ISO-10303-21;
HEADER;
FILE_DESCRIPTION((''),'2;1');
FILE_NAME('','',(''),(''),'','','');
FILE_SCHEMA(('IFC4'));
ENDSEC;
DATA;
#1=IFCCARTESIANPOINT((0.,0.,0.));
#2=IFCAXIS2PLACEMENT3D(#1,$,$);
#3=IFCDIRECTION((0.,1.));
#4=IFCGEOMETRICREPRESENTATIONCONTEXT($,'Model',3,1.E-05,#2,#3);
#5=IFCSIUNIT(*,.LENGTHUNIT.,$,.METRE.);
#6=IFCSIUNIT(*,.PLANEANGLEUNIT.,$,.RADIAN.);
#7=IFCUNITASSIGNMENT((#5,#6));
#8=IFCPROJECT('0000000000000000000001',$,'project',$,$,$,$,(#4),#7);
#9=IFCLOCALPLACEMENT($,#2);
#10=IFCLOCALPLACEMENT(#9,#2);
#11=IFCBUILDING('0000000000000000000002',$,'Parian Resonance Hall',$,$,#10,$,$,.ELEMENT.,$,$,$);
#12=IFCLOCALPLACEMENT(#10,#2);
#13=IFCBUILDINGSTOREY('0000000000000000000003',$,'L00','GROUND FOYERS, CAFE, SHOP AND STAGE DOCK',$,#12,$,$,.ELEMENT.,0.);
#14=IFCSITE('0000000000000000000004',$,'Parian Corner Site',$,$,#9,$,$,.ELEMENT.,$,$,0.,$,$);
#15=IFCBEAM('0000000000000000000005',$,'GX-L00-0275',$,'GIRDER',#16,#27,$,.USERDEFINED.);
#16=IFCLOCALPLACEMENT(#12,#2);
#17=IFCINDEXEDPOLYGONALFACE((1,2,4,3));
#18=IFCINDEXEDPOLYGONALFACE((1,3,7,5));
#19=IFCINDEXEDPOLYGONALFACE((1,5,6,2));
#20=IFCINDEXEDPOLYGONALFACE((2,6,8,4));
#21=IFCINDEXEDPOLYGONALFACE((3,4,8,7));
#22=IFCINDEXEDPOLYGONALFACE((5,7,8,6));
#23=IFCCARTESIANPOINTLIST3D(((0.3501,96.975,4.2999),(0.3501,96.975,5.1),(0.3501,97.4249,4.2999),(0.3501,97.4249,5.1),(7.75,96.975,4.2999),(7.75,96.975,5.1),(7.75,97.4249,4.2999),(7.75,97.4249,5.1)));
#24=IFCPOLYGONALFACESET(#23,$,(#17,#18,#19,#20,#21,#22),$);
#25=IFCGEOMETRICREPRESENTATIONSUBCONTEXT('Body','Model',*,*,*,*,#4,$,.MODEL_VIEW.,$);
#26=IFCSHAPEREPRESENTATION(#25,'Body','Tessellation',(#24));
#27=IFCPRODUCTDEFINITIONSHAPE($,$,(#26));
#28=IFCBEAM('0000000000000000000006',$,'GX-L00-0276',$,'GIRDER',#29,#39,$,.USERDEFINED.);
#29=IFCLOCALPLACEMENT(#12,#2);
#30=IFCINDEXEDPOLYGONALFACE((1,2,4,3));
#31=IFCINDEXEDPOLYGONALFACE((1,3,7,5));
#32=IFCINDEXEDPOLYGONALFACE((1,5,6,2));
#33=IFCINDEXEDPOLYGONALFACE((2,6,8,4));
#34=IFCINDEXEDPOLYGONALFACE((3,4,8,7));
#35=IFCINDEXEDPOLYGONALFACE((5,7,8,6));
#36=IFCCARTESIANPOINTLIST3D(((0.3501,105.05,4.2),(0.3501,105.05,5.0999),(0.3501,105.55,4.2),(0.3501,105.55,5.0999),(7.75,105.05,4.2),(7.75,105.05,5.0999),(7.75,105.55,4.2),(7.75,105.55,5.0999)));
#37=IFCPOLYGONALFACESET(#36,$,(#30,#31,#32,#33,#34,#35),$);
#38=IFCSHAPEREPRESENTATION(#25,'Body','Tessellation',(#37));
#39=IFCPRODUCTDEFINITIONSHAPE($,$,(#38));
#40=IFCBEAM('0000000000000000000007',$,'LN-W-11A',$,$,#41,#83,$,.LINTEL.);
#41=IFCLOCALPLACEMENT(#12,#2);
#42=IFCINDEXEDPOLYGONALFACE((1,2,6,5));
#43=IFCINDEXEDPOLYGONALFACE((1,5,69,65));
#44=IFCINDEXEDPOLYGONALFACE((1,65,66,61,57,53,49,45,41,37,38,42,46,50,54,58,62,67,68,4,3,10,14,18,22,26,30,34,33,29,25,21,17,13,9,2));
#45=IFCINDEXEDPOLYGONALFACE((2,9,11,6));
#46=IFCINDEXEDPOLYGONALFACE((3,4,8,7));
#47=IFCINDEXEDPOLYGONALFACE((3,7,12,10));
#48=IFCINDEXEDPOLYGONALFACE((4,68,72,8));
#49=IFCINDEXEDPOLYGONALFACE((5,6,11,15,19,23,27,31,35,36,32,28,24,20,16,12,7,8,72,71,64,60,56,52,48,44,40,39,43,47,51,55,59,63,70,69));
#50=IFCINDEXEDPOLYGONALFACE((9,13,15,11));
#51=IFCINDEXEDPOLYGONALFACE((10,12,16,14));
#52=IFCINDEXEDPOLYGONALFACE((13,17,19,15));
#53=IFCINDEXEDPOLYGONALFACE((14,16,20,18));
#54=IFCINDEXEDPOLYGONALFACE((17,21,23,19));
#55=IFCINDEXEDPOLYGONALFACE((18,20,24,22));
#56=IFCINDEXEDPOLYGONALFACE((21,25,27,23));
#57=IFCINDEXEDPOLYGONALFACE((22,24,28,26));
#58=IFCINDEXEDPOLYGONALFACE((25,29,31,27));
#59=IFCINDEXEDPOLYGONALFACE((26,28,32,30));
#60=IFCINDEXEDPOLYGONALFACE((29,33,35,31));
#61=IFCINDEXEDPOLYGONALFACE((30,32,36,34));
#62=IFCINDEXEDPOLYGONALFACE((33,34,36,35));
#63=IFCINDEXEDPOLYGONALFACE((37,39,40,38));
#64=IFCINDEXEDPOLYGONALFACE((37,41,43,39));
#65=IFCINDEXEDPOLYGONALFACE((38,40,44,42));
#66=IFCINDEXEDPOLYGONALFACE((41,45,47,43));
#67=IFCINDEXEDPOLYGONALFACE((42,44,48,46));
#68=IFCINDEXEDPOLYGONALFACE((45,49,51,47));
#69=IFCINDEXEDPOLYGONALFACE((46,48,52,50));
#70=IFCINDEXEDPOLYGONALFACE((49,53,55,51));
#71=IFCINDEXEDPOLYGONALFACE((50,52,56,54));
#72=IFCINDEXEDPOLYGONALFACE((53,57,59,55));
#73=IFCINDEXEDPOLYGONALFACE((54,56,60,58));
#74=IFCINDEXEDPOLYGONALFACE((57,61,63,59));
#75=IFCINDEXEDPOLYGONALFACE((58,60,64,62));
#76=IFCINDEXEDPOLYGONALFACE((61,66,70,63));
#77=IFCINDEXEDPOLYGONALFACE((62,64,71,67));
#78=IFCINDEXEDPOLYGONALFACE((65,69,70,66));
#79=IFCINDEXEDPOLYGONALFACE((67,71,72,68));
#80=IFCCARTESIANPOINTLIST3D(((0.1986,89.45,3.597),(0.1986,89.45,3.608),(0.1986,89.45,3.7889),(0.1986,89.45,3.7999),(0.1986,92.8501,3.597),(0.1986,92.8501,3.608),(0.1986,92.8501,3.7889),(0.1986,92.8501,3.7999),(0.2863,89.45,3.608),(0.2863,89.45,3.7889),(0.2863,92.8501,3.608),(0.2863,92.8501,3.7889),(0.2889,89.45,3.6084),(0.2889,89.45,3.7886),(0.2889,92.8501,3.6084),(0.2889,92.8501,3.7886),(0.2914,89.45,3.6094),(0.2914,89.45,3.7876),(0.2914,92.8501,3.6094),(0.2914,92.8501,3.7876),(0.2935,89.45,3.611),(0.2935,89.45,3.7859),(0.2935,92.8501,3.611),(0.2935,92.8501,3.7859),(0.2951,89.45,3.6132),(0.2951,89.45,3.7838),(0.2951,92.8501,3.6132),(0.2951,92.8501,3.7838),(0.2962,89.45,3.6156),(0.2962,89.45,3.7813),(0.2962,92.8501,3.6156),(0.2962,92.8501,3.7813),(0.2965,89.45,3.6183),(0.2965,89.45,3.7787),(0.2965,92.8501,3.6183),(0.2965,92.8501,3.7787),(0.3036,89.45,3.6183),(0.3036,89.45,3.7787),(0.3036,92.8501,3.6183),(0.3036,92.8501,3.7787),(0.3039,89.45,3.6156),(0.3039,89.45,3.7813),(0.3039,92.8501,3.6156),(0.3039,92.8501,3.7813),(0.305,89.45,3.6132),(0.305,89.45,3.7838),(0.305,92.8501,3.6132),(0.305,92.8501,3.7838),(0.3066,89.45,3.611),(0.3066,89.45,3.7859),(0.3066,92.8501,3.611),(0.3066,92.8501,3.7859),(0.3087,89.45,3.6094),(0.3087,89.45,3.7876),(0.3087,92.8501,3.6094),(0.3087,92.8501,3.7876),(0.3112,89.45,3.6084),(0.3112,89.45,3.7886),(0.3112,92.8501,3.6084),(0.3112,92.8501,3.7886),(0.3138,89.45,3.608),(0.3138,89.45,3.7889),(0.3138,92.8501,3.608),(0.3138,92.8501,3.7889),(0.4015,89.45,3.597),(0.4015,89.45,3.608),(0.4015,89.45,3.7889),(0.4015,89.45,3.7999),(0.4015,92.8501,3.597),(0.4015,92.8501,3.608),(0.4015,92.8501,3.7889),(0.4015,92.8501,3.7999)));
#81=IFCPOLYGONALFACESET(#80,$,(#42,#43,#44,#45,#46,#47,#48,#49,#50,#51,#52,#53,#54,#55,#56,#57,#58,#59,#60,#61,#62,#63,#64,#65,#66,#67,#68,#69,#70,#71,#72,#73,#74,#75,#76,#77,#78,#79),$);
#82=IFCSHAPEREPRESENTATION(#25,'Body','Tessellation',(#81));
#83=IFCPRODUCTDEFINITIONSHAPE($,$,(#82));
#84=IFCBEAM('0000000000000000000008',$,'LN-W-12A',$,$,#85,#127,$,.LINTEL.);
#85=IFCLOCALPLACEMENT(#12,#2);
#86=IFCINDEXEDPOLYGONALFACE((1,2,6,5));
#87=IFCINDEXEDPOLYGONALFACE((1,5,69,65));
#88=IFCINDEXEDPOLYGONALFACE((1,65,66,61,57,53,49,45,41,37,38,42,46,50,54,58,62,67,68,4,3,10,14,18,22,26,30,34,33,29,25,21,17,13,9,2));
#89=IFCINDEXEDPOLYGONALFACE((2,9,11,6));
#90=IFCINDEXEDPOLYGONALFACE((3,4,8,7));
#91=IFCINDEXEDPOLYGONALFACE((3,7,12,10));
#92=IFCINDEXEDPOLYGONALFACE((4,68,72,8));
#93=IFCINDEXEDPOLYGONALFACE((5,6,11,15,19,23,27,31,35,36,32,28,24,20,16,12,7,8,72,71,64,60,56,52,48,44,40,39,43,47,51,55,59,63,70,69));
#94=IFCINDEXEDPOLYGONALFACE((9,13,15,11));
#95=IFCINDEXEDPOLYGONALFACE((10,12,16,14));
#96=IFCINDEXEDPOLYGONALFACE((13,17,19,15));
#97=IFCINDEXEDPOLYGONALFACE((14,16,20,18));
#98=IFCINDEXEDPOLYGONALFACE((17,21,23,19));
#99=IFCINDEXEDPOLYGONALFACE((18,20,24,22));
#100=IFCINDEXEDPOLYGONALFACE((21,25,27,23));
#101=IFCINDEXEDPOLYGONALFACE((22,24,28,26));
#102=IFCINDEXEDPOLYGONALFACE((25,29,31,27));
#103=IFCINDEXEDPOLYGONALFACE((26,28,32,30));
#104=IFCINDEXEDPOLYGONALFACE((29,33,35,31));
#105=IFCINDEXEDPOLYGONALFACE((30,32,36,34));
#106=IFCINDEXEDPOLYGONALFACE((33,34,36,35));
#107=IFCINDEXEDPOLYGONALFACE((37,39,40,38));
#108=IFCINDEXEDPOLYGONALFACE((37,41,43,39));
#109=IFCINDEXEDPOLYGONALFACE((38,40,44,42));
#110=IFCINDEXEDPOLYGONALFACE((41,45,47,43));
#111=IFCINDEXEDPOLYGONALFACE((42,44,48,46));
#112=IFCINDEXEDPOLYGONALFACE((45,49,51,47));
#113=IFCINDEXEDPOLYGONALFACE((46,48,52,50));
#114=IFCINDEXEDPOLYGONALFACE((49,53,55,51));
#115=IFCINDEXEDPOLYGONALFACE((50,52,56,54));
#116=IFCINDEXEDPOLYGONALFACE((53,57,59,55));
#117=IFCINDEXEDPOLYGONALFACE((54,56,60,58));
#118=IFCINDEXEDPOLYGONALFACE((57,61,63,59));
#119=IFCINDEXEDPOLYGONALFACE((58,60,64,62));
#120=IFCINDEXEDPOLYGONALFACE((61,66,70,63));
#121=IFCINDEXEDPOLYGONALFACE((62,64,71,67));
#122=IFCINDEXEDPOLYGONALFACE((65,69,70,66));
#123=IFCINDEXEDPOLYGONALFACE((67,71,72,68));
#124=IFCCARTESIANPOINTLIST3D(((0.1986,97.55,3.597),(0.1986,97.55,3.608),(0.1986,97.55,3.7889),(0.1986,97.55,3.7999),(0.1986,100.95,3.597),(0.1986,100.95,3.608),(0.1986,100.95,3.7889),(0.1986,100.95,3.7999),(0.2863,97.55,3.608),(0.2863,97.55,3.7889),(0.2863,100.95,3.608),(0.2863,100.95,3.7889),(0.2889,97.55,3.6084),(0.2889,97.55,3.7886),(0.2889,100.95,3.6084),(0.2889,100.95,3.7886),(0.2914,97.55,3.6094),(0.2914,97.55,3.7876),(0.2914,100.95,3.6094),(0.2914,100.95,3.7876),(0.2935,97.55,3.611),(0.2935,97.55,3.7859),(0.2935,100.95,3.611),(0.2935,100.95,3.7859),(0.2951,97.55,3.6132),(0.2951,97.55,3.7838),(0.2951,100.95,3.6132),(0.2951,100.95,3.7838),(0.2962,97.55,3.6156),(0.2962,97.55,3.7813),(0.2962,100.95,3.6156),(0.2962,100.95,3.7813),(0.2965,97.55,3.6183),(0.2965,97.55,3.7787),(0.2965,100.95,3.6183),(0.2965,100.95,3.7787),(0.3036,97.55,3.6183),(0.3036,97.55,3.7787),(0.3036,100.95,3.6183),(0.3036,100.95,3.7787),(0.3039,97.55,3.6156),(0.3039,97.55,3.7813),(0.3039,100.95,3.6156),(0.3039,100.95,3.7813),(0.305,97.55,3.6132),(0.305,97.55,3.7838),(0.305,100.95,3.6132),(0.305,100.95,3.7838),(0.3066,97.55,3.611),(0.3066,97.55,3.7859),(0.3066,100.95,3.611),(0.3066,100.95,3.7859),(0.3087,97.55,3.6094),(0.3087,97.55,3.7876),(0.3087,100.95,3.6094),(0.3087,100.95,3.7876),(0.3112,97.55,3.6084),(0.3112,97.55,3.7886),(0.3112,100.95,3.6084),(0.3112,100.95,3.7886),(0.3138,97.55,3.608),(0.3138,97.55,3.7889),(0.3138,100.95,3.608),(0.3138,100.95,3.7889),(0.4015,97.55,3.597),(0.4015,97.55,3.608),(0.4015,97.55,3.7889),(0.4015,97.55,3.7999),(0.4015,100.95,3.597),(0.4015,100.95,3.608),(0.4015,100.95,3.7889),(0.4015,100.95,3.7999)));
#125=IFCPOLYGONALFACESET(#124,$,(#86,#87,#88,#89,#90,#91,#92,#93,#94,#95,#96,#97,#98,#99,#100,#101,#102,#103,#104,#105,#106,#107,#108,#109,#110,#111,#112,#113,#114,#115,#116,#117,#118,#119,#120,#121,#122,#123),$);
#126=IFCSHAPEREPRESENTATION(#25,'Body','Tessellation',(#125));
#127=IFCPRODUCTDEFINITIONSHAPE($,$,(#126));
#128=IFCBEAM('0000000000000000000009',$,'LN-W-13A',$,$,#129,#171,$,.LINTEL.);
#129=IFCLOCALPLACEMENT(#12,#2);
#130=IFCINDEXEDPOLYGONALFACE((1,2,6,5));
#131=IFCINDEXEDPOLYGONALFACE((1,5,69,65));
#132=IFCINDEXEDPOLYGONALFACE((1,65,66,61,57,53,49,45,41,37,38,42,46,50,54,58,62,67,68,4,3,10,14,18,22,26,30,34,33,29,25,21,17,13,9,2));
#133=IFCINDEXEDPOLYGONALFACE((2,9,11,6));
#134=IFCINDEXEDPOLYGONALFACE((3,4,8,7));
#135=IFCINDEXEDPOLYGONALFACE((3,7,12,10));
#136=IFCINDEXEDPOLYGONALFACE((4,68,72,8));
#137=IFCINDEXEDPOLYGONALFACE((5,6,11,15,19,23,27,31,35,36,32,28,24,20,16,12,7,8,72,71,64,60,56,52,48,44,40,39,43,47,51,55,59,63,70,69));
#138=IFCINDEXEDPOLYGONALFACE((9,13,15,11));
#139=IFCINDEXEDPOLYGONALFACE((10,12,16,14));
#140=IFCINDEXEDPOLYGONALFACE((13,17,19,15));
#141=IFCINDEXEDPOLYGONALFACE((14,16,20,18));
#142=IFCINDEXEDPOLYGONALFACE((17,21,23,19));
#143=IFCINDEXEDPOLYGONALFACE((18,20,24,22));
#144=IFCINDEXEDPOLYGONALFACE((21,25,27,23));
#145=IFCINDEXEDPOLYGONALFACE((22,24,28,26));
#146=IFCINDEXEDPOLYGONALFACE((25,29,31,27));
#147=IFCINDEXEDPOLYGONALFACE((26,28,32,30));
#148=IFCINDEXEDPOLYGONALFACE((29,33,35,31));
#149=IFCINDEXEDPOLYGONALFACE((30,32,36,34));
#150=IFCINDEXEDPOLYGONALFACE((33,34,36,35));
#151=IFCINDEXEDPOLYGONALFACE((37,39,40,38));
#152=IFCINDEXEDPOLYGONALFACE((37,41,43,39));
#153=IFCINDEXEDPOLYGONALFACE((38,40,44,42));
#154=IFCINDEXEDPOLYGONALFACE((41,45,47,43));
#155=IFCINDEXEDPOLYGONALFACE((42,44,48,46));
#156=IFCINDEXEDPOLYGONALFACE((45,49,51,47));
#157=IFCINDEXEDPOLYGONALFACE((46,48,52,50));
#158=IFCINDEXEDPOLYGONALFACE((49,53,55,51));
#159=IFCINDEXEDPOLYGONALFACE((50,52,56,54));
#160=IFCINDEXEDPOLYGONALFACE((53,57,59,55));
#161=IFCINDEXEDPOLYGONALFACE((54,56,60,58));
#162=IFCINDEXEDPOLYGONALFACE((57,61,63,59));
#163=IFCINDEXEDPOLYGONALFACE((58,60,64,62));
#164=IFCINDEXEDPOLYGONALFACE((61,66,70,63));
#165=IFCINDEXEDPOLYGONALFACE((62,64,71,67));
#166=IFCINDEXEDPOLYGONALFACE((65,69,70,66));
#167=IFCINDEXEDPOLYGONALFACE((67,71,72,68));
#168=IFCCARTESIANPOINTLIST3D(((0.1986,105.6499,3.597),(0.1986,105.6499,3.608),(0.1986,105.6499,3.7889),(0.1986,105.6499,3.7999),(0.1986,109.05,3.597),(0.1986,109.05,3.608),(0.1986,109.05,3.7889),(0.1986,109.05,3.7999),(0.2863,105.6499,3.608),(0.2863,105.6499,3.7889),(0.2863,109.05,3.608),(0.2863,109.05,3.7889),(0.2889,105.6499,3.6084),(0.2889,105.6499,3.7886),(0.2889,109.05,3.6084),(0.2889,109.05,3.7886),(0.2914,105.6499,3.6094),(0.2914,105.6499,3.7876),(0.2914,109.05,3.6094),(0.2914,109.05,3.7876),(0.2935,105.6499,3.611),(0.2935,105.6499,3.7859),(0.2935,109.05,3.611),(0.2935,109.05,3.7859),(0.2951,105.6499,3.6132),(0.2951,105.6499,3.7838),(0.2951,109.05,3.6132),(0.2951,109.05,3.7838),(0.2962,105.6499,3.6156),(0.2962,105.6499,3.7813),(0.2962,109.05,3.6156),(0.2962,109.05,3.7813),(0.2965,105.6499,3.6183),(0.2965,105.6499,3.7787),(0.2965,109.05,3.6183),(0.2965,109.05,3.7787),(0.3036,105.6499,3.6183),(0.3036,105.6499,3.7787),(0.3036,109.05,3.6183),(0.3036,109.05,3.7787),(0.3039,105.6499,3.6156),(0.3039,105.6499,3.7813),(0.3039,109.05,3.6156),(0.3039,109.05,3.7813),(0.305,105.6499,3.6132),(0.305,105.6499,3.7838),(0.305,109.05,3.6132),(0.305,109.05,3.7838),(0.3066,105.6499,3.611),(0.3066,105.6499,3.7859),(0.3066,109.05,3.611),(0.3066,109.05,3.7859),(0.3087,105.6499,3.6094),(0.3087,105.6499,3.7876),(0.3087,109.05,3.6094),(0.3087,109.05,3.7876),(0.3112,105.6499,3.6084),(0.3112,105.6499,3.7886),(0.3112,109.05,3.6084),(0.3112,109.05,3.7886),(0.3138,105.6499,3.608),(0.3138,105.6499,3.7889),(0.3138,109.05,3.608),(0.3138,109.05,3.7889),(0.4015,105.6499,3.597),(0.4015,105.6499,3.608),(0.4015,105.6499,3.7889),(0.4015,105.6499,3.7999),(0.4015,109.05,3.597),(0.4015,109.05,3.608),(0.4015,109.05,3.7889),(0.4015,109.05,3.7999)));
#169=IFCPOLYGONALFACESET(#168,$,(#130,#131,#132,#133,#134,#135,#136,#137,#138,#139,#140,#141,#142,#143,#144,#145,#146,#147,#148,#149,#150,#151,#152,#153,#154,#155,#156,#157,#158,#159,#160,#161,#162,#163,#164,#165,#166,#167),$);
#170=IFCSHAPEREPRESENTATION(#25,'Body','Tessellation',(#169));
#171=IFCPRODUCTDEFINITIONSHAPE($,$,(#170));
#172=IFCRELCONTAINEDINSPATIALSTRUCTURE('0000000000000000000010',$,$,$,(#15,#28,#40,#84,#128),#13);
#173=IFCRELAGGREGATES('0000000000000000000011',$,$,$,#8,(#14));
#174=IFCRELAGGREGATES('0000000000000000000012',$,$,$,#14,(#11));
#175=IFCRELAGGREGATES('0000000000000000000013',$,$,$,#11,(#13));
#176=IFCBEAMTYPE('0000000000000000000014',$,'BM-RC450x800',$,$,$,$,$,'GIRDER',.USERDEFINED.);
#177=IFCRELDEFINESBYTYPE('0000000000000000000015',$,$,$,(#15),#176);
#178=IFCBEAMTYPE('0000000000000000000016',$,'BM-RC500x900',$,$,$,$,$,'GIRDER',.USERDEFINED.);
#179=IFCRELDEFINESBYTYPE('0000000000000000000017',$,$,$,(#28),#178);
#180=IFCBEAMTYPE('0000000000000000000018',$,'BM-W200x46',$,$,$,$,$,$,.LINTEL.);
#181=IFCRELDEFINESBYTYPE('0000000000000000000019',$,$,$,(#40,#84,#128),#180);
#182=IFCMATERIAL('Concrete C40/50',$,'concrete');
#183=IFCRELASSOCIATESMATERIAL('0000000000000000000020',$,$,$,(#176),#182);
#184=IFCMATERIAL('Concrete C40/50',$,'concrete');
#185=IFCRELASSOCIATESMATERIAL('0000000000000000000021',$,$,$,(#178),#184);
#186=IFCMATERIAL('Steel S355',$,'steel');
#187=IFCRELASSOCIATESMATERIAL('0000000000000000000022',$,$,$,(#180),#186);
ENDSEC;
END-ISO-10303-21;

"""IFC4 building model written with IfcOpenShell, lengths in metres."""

from ifc_helpers import new_model, si_unit, direction, frame, origin, origin_2d, place, context, subcontext, project, spatial, rectangle, i_section, extrude, material, material_profile, profile_set, type_object, element, save


model = new_model("IFC4")

# Units and contexts
model_context = context("Model", 3, precision=1e-05, world=origin(), true_north=direction((0.0, 1.0)))
body_context = subcontext(model_context, "Body", "Model", "MODEL_VIEW")
ifc_project = project(units=[si_unit("LENGTHUNIT", "METRE"), si_unit("PLANEANGLEUNIT", "RADIAN")], contexts=[model_context])

# Site, building, storey
site_placement = place(None, origin())
site = spatial("IfcSite", under=ifc_project, at=site_placement, Name="Parian Corner Site", CompositionType="ELEMENT", RefElevation=0.0)
building_placement = place(site_placement, origin())
building = spatial("IfcBuilding", under=site, at=building_placement, Name="Parian Resonance Hall", CompositionType="ELEMENT")
storey_placement = place(building_placement, origin())
storey = spatial("IfcBuildingStorey", under=building, at=storey_placement, Name="L00", Description="GROUND FOYERS, CAFE, SHOP AND STAGE DOCK", CompositionType="ELEMENT", Elevation=0.0)

# Beams
ifc_material_1 = material(Name="Concrete C40/50", Category="concrete")
ifc_material_profile_1 = material_profile(ifc_material_1, rectangle(XDim=0.45, YDim=0.8, at=origin_2d()), Name="RC-BM-450x800")
ifc_profile_set_1 = profile_set([ifc_material_profile_1], Name="Concrete C40/50")
beam_type_1 = type_object("IfcBeamType", Name="BM-RC450x800", ElementType="GIRDER", PredefinedType="USERDEFINED", material=ifc_profile_set_1)
beam_1_placement = place(storey_placement, frame((0.3501, 97.2, 4.7), z_axis=(1.0, 0.0, 0.0), x_axis=(0.0, 1.0, 0.0)))
element("IfcBeam", 1, at=beam_1_placement, inside=storey, type_object=beam_type_1, Name="GX-L00-0275", ObjectType="GIRDER", PredefinedType="USERDEFINED", context=body_context, shape_type="SweptSolid", body=[
    extrude(rectangle(XDim=0.45, YDim=0.8, at=origin_2d()), origin(), (0.0, 0.0, 1.0), 7.3999),
])
ifc_material_2 = material(Name="Concrete C40/50", Category="concrete")
ifc_material_profile_2 = material_profile(ifc_material_2, rectangle(XDim=0.5, YDim=0.8999, at=origin_2d()), Name="RC-BM-500x900")
ifc_profile_set_2 = profile_set([ifc_material_profile_2], Name="Concrete C40/50")
beam_type_2 = type_object("IfcBeamType", Name="BM-RC500x900", ElementType="GIRDER", PredefinedType="USERDEFINED", material=ifc_profile_set_2)
beam_2_placement = place(storey_placement, frame((0.3501, 105.3, 4.6499), z_axis=(1.0, 0.0, 0.0), x_axis=(0.0, 1.0, 0.0)))
element("IfcBeam", 2, at=beam_2_placement, inside=storey, type_object=beam_type_2, Name="GX-L00-0276", ObjectType="GIRDER", PredefinedType="USERDEFINED", context=body_context, shape_type="SweptSolid", body=[
    extrude(rectangle(XDim=0.5, YDim=0.8999, at=origin_2d()), origin(), (0.0, 0.0, 1.0), 7.3999),
])
ifc_material_3 = material(Name="Steel S355", Category="steel")
ifc_material_profile_3 = material_profile(ifc_material_3, i_section(OverallWidth=0.2029, OverallDepth=0.2029, WebThickness=0.0071, FlangeThickness=0.011, FilletRadius=0.0103, at=origin_2d()), Name="W200x46")
ifc_profile_set_3 = profile_set([ifc_material_profile_3], Name="Steel S355")
beam_type_3 = type_object("IfcBeamType", Name="BM-W200x46", PredefinedType="LINTEL", material=ifc_profile_set_3)
beam_3_placement = place(storey_placement, frame((0.3, 89.45, 3.6985), z_axis=(0.0, 1.0, 0.0), x_axis=(-1.0, 0.0, 0.0)))
element("IfcBeam", 3, at=beam_3_placement, inside=storey, type_object=beam_type_3, Name="LN-W-11A", PredefinedType="LINTEL", context=body_context, shape_type="SweptSolid", body=[
    extrude(i_section(OverallWidth=0.2029, OverallDepth=0.2029, WebThickness=0.0071, FlangeThickness=0.011, FilletRadius=0.0103, at=origin_2d()), origin(), (0.0, 0.0, 1.0), 3.4001),
])
beam_4_placement = place(storey_placement, frame((0.3, 97.55, 3.6985), z_axis=(0.0, 1.0, 0.0), x_axis=(-1.0, 0.0, 0.0)))
element("IfcBeam", 4, at=beam_4_placement, inside=storey, type_object=beam_type_3, Name="LN-W-12A", PredefinedType="LINTEL", context=body_context, shape_type="SweptSolid", body=[
    extrude(i_section(OverallWidth=0.2029, OverallDepth=0.2029, WebThickness=0.0071, FlangeThickness=0.011, FilletRadius=0.0103, at=origin_2d()), origin(), (0.0, 0.0, 1.0), 3.3999),
])
beam_5_placement = place(storey_placement, frame((0.3, 105.6499, 3.6985), z_axis=(0.0, 1.0, 0.0), x_axis=(-1.0, 0.0, 0.0)))
element("IfcBeam", 5, at=beam_5_placement, inside=storey, type_object=beam_type_3, Name="LN-W-13A", PredefinedType="LINTEL", context=body_context, shape_type="SweptSolid", body=[
    extrude(i_section(OverallWidth=0.2029, OverallDepth=0.2029, WebThickness=0.0071, FlangeThickness=0.011, FilletRadius=0.0103, at=origin_2d()), origin(), (0.0, 0.0, 1.0), 3.4001),
])

save(model, "model.ifc")
